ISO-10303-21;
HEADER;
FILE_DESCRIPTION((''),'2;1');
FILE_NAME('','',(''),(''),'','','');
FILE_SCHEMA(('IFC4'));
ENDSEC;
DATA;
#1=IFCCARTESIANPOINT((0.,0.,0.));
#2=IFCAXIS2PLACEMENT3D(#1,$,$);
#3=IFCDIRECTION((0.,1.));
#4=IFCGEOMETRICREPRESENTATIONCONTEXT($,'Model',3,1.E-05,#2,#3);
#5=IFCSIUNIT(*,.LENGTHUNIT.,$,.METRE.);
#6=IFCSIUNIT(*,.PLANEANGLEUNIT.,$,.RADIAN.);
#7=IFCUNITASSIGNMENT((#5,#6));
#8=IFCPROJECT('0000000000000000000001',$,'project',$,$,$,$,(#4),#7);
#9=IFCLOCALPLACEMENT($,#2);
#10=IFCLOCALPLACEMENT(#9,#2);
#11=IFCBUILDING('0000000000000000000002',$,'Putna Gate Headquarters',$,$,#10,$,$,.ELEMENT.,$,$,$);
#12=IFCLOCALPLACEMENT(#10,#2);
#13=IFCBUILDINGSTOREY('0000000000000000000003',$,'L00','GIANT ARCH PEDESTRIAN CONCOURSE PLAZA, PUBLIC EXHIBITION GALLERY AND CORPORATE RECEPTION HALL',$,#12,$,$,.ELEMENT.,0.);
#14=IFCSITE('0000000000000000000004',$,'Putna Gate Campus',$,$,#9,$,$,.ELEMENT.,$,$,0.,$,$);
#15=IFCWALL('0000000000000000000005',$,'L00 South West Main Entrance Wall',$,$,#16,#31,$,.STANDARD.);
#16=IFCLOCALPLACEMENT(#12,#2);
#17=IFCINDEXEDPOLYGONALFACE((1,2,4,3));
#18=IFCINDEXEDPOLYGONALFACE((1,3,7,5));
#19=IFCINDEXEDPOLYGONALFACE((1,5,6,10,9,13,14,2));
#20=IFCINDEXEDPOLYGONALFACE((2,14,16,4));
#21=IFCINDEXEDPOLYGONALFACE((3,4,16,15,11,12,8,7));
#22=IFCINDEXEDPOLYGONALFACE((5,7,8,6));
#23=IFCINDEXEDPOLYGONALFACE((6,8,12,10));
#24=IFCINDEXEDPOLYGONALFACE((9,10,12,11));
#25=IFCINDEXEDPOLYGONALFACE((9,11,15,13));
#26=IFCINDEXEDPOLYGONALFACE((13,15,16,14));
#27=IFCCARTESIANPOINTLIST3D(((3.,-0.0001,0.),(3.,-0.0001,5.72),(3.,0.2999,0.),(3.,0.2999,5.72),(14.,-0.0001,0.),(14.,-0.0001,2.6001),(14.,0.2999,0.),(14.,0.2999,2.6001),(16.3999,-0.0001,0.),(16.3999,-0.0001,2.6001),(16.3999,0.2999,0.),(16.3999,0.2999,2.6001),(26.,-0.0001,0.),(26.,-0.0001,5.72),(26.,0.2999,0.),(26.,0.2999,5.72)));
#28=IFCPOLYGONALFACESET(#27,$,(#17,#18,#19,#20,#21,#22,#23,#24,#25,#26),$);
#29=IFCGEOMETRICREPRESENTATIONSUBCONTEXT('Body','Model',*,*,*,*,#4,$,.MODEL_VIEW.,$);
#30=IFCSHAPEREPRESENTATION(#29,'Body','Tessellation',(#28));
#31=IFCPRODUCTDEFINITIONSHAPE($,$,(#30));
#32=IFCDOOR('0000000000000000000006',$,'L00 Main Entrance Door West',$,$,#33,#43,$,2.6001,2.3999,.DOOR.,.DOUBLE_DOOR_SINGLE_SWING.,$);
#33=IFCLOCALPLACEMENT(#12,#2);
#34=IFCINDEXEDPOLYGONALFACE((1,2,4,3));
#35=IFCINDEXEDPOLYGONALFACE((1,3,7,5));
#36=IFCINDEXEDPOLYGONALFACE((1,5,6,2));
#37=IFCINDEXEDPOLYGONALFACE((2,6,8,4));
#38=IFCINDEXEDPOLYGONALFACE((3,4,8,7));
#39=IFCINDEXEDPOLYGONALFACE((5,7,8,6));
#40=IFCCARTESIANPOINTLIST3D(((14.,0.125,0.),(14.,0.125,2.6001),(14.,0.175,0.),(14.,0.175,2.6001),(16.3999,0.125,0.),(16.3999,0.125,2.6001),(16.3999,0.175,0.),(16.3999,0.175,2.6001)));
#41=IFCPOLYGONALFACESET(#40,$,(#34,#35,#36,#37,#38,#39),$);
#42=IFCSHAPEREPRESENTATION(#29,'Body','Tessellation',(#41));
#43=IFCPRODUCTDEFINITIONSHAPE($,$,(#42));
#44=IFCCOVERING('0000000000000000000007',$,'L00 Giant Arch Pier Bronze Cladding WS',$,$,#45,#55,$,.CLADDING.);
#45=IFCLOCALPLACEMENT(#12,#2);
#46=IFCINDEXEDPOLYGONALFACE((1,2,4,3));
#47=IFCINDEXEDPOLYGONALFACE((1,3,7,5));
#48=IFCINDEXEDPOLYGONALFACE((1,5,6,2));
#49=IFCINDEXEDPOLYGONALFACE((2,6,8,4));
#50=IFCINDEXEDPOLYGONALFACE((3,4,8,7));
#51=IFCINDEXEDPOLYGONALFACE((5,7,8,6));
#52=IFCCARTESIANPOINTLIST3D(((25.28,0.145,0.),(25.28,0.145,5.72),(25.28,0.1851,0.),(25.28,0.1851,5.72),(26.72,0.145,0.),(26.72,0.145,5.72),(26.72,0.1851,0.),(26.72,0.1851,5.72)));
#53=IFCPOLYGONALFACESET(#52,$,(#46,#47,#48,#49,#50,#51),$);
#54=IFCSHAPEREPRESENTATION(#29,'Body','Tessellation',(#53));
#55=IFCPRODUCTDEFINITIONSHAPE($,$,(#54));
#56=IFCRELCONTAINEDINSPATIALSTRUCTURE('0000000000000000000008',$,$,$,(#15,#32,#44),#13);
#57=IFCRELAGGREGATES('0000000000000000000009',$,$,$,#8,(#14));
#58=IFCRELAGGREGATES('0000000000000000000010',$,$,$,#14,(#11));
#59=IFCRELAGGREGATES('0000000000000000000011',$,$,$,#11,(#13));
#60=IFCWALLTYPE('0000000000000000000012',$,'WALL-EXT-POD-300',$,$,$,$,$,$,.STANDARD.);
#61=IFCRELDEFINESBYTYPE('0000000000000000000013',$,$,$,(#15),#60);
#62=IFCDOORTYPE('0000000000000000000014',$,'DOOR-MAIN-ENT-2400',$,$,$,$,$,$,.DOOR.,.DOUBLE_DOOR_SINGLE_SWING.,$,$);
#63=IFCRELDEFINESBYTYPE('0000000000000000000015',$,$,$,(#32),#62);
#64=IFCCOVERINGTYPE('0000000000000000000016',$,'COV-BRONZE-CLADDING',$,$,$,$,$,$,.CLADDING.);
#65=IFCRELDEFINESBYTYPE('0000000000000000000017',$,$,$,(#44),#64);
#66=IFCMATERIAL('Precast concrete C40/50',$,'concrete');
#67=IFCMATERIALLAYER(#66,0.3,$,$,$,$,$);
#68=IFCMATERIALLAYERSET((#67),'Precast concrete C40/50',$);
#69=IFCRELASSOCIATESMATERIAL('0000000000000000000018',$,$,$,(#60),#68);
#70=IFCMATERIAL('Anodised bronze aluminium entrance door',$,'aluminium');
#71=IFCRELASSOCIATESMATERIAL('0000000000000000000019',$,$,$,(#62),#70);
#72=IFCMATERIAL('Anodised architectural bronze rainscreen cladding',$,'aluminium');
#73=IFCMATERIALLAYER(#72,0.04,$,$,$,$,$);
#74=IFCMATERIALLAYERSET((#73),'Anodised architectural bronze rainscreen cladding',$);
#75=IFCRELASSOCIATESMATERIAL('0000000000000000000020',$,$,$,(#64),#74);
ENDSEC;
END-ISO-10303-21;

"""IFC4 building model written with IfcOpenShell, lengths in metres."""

from ifc_helpers import new_model, si_unit, direction, frame, frame_2d, origin, origin_2d, place, context, subcontext, project, spatial, rectangle, extrude, material, layer, layer_set, type_object, element, fill, save


model = new_model("IFC4")

# Units and contexts
model_context = context("Model", 3, precision=1e-05, world=origin(), true_north=direction((0.0, 1.0)))
body_context = subcontext(model_context, "Body", "Model", "MODEL_VIEW")
ifc_project = project(units=[si_unit("LENGTHUNIT", "METRE"), si_unit("PLANEANGLEUNIT", "RADIAN")], contexts=[model_context])

# Site, building, storey
site_placement = place(None, origin())
site = spatial("IfcSite", under=ifc_project, at=site_placement, Name="Putna Gate Campus", CompositionType="ELEMENT", RefElevation=0.0)
building_placement = place(site_placement, origin())
building = spatial("IfcBuilding", under=site, at=building_placement, Name="Putna Gate Headquarters", CompositionType="ELEMENT")
storey_placement = place(building_placement, origin())
storey = spatial("IfcBuildingStorey", under=building, at=storey_placement, Name="L00", Description="GIANT ARCH PEDESTRIAN CONCOURSE PLAZA, PUBLIC EXHIBITION GALLERY AND CORPORATE RECEPTION HALL", CompositionType="ELEMENT", Elevation=0.0)

# Wall, opening, door
ifc_material_1 = material(Name="Precast concrete C40/50", Category="concrete")
ifc_layer_1 = layer(ifc_material_1, 0.3)
ifc_layer_set_1 = layer_set([ifc_layer_1], Name="Precast concrete C40/50")
wall_type_1 = type_object("IfcWallType", Name="WALL-EXT-POD-300", PredefinedType="STANDARD", material=ifc_layer_set_1)
wall_1_placement = place(storey_placement, frame((26.0, 0.1499, 0.0), z_axis=(0.0, 0.0, 1.0), x_axis=(-1.0, 0.0, 0.0)))
wall_1 = element("IfcWall", 1, at=wall_1_placement, inside=storey, type_object=wall_type_1, Name="L00 South West Main Entrance Wall", PredefinedType="STANDARD", context=body_context, shape_type="SweptSolid", body=[
    extrude(rectangle(XDim=23.0, YDim=0.3, at=frame_2d((11.5, 0.0))), origin(), (0.0, 0.0, 1.0), 5.72),
])
opening_1_placement = place(wall_1_placement, frame((9.6001, 0.0, 0.0)))
opening_1 = element("IfcOpeningElement", 2, at=opening_1_placement, cuts=wall_1, PredefinedType="OPENING", context=body_context, shape_type="SweptSolid", body=[
    extrude(rectangle(XDim=2.3999, YDim=2.6001, at=frame_2d((1.2, 1.3))), frame((0.0, 0.1599, 0.0), z_axis=(0.0, -1.0, 0.0), x_axis=(1.0, 0.0, 0.0)), (0.0, 0.0, 1.0), 0.3201),
])
ifc_material_2 = material(Name="Anodised bronze aluminium entrance door", Category="aluminium")
door_type_1 = type_object("IfcDoorType", Name="DOOR-MAIN-ENT-2400", OperationType="DOUBLE_DOOR_SINGLE_SWING", PredefinedType="DOOR", material=ifc_material_2)
door_1_placement = place(opening_1_placement, origin())
door_1 = element("IfcDoor", 3, at=door_1_placement, inside=storey, type_object=door_type_1, Name="L00 Main Entrance Door West", OperationType="DOUBLE_DOOR_SINGLE_SWING", OverallHeight=2.6001, OverallWidth=2.3999, PredefinedType="DOOR", context=body_context, shape_type="SweptSolid", body=[
    extrude(rectangle(XDim=2.3999, YDim=2.6001, at=frame_2d((1.2, 1.3))), frame((0.0, 0.0249, 0.0), z_axis=(0.0, -1.0, 0.0), x_axis=(1.0, 0.0, 0.0)), (0.0, 0.0, 1.0), 0.05),
])
fill(opening_1, door_1)

# Covering
ifc_material_3 = material(Name="Anodised architectural bronze rainscreen cladding", Category="aluminium")
ifc_layer_2 = layer(ifc_material_3, 0.04)
ifc_layer_set_2 = layer_set([ifc_layer_2], Name="Anodised architectural bronze rainscreen cladding")
covering_type = type_object("IfcCoveringType", Name="COV-BRONZE-CLADDING", PredefinedType="CLADDING", material=ifc_layer_set_2)
covering_placement = place(storey_placement, frame((26.0, 0.165, 0.0), z_axis=(0.0, 0.0, 1.0), x_axis=(1.0, 0.0, 0.0)))
element("IfcCovering", 4, at=covering_placement, inside=storey, type_object=covering_type, Name="L00 Giant Arch Pier Bronze Cladding WS", PredefinedType="CLADDING", context=body_context, shape_type="SweptSolid", body=[
    extrude(rectangle(XDim=1.4399, YDim=0.04, at=origin_2d()), origin(), (0.0, 0.0, 1.0), 5.72),
])

save(model, "model.ifc")
